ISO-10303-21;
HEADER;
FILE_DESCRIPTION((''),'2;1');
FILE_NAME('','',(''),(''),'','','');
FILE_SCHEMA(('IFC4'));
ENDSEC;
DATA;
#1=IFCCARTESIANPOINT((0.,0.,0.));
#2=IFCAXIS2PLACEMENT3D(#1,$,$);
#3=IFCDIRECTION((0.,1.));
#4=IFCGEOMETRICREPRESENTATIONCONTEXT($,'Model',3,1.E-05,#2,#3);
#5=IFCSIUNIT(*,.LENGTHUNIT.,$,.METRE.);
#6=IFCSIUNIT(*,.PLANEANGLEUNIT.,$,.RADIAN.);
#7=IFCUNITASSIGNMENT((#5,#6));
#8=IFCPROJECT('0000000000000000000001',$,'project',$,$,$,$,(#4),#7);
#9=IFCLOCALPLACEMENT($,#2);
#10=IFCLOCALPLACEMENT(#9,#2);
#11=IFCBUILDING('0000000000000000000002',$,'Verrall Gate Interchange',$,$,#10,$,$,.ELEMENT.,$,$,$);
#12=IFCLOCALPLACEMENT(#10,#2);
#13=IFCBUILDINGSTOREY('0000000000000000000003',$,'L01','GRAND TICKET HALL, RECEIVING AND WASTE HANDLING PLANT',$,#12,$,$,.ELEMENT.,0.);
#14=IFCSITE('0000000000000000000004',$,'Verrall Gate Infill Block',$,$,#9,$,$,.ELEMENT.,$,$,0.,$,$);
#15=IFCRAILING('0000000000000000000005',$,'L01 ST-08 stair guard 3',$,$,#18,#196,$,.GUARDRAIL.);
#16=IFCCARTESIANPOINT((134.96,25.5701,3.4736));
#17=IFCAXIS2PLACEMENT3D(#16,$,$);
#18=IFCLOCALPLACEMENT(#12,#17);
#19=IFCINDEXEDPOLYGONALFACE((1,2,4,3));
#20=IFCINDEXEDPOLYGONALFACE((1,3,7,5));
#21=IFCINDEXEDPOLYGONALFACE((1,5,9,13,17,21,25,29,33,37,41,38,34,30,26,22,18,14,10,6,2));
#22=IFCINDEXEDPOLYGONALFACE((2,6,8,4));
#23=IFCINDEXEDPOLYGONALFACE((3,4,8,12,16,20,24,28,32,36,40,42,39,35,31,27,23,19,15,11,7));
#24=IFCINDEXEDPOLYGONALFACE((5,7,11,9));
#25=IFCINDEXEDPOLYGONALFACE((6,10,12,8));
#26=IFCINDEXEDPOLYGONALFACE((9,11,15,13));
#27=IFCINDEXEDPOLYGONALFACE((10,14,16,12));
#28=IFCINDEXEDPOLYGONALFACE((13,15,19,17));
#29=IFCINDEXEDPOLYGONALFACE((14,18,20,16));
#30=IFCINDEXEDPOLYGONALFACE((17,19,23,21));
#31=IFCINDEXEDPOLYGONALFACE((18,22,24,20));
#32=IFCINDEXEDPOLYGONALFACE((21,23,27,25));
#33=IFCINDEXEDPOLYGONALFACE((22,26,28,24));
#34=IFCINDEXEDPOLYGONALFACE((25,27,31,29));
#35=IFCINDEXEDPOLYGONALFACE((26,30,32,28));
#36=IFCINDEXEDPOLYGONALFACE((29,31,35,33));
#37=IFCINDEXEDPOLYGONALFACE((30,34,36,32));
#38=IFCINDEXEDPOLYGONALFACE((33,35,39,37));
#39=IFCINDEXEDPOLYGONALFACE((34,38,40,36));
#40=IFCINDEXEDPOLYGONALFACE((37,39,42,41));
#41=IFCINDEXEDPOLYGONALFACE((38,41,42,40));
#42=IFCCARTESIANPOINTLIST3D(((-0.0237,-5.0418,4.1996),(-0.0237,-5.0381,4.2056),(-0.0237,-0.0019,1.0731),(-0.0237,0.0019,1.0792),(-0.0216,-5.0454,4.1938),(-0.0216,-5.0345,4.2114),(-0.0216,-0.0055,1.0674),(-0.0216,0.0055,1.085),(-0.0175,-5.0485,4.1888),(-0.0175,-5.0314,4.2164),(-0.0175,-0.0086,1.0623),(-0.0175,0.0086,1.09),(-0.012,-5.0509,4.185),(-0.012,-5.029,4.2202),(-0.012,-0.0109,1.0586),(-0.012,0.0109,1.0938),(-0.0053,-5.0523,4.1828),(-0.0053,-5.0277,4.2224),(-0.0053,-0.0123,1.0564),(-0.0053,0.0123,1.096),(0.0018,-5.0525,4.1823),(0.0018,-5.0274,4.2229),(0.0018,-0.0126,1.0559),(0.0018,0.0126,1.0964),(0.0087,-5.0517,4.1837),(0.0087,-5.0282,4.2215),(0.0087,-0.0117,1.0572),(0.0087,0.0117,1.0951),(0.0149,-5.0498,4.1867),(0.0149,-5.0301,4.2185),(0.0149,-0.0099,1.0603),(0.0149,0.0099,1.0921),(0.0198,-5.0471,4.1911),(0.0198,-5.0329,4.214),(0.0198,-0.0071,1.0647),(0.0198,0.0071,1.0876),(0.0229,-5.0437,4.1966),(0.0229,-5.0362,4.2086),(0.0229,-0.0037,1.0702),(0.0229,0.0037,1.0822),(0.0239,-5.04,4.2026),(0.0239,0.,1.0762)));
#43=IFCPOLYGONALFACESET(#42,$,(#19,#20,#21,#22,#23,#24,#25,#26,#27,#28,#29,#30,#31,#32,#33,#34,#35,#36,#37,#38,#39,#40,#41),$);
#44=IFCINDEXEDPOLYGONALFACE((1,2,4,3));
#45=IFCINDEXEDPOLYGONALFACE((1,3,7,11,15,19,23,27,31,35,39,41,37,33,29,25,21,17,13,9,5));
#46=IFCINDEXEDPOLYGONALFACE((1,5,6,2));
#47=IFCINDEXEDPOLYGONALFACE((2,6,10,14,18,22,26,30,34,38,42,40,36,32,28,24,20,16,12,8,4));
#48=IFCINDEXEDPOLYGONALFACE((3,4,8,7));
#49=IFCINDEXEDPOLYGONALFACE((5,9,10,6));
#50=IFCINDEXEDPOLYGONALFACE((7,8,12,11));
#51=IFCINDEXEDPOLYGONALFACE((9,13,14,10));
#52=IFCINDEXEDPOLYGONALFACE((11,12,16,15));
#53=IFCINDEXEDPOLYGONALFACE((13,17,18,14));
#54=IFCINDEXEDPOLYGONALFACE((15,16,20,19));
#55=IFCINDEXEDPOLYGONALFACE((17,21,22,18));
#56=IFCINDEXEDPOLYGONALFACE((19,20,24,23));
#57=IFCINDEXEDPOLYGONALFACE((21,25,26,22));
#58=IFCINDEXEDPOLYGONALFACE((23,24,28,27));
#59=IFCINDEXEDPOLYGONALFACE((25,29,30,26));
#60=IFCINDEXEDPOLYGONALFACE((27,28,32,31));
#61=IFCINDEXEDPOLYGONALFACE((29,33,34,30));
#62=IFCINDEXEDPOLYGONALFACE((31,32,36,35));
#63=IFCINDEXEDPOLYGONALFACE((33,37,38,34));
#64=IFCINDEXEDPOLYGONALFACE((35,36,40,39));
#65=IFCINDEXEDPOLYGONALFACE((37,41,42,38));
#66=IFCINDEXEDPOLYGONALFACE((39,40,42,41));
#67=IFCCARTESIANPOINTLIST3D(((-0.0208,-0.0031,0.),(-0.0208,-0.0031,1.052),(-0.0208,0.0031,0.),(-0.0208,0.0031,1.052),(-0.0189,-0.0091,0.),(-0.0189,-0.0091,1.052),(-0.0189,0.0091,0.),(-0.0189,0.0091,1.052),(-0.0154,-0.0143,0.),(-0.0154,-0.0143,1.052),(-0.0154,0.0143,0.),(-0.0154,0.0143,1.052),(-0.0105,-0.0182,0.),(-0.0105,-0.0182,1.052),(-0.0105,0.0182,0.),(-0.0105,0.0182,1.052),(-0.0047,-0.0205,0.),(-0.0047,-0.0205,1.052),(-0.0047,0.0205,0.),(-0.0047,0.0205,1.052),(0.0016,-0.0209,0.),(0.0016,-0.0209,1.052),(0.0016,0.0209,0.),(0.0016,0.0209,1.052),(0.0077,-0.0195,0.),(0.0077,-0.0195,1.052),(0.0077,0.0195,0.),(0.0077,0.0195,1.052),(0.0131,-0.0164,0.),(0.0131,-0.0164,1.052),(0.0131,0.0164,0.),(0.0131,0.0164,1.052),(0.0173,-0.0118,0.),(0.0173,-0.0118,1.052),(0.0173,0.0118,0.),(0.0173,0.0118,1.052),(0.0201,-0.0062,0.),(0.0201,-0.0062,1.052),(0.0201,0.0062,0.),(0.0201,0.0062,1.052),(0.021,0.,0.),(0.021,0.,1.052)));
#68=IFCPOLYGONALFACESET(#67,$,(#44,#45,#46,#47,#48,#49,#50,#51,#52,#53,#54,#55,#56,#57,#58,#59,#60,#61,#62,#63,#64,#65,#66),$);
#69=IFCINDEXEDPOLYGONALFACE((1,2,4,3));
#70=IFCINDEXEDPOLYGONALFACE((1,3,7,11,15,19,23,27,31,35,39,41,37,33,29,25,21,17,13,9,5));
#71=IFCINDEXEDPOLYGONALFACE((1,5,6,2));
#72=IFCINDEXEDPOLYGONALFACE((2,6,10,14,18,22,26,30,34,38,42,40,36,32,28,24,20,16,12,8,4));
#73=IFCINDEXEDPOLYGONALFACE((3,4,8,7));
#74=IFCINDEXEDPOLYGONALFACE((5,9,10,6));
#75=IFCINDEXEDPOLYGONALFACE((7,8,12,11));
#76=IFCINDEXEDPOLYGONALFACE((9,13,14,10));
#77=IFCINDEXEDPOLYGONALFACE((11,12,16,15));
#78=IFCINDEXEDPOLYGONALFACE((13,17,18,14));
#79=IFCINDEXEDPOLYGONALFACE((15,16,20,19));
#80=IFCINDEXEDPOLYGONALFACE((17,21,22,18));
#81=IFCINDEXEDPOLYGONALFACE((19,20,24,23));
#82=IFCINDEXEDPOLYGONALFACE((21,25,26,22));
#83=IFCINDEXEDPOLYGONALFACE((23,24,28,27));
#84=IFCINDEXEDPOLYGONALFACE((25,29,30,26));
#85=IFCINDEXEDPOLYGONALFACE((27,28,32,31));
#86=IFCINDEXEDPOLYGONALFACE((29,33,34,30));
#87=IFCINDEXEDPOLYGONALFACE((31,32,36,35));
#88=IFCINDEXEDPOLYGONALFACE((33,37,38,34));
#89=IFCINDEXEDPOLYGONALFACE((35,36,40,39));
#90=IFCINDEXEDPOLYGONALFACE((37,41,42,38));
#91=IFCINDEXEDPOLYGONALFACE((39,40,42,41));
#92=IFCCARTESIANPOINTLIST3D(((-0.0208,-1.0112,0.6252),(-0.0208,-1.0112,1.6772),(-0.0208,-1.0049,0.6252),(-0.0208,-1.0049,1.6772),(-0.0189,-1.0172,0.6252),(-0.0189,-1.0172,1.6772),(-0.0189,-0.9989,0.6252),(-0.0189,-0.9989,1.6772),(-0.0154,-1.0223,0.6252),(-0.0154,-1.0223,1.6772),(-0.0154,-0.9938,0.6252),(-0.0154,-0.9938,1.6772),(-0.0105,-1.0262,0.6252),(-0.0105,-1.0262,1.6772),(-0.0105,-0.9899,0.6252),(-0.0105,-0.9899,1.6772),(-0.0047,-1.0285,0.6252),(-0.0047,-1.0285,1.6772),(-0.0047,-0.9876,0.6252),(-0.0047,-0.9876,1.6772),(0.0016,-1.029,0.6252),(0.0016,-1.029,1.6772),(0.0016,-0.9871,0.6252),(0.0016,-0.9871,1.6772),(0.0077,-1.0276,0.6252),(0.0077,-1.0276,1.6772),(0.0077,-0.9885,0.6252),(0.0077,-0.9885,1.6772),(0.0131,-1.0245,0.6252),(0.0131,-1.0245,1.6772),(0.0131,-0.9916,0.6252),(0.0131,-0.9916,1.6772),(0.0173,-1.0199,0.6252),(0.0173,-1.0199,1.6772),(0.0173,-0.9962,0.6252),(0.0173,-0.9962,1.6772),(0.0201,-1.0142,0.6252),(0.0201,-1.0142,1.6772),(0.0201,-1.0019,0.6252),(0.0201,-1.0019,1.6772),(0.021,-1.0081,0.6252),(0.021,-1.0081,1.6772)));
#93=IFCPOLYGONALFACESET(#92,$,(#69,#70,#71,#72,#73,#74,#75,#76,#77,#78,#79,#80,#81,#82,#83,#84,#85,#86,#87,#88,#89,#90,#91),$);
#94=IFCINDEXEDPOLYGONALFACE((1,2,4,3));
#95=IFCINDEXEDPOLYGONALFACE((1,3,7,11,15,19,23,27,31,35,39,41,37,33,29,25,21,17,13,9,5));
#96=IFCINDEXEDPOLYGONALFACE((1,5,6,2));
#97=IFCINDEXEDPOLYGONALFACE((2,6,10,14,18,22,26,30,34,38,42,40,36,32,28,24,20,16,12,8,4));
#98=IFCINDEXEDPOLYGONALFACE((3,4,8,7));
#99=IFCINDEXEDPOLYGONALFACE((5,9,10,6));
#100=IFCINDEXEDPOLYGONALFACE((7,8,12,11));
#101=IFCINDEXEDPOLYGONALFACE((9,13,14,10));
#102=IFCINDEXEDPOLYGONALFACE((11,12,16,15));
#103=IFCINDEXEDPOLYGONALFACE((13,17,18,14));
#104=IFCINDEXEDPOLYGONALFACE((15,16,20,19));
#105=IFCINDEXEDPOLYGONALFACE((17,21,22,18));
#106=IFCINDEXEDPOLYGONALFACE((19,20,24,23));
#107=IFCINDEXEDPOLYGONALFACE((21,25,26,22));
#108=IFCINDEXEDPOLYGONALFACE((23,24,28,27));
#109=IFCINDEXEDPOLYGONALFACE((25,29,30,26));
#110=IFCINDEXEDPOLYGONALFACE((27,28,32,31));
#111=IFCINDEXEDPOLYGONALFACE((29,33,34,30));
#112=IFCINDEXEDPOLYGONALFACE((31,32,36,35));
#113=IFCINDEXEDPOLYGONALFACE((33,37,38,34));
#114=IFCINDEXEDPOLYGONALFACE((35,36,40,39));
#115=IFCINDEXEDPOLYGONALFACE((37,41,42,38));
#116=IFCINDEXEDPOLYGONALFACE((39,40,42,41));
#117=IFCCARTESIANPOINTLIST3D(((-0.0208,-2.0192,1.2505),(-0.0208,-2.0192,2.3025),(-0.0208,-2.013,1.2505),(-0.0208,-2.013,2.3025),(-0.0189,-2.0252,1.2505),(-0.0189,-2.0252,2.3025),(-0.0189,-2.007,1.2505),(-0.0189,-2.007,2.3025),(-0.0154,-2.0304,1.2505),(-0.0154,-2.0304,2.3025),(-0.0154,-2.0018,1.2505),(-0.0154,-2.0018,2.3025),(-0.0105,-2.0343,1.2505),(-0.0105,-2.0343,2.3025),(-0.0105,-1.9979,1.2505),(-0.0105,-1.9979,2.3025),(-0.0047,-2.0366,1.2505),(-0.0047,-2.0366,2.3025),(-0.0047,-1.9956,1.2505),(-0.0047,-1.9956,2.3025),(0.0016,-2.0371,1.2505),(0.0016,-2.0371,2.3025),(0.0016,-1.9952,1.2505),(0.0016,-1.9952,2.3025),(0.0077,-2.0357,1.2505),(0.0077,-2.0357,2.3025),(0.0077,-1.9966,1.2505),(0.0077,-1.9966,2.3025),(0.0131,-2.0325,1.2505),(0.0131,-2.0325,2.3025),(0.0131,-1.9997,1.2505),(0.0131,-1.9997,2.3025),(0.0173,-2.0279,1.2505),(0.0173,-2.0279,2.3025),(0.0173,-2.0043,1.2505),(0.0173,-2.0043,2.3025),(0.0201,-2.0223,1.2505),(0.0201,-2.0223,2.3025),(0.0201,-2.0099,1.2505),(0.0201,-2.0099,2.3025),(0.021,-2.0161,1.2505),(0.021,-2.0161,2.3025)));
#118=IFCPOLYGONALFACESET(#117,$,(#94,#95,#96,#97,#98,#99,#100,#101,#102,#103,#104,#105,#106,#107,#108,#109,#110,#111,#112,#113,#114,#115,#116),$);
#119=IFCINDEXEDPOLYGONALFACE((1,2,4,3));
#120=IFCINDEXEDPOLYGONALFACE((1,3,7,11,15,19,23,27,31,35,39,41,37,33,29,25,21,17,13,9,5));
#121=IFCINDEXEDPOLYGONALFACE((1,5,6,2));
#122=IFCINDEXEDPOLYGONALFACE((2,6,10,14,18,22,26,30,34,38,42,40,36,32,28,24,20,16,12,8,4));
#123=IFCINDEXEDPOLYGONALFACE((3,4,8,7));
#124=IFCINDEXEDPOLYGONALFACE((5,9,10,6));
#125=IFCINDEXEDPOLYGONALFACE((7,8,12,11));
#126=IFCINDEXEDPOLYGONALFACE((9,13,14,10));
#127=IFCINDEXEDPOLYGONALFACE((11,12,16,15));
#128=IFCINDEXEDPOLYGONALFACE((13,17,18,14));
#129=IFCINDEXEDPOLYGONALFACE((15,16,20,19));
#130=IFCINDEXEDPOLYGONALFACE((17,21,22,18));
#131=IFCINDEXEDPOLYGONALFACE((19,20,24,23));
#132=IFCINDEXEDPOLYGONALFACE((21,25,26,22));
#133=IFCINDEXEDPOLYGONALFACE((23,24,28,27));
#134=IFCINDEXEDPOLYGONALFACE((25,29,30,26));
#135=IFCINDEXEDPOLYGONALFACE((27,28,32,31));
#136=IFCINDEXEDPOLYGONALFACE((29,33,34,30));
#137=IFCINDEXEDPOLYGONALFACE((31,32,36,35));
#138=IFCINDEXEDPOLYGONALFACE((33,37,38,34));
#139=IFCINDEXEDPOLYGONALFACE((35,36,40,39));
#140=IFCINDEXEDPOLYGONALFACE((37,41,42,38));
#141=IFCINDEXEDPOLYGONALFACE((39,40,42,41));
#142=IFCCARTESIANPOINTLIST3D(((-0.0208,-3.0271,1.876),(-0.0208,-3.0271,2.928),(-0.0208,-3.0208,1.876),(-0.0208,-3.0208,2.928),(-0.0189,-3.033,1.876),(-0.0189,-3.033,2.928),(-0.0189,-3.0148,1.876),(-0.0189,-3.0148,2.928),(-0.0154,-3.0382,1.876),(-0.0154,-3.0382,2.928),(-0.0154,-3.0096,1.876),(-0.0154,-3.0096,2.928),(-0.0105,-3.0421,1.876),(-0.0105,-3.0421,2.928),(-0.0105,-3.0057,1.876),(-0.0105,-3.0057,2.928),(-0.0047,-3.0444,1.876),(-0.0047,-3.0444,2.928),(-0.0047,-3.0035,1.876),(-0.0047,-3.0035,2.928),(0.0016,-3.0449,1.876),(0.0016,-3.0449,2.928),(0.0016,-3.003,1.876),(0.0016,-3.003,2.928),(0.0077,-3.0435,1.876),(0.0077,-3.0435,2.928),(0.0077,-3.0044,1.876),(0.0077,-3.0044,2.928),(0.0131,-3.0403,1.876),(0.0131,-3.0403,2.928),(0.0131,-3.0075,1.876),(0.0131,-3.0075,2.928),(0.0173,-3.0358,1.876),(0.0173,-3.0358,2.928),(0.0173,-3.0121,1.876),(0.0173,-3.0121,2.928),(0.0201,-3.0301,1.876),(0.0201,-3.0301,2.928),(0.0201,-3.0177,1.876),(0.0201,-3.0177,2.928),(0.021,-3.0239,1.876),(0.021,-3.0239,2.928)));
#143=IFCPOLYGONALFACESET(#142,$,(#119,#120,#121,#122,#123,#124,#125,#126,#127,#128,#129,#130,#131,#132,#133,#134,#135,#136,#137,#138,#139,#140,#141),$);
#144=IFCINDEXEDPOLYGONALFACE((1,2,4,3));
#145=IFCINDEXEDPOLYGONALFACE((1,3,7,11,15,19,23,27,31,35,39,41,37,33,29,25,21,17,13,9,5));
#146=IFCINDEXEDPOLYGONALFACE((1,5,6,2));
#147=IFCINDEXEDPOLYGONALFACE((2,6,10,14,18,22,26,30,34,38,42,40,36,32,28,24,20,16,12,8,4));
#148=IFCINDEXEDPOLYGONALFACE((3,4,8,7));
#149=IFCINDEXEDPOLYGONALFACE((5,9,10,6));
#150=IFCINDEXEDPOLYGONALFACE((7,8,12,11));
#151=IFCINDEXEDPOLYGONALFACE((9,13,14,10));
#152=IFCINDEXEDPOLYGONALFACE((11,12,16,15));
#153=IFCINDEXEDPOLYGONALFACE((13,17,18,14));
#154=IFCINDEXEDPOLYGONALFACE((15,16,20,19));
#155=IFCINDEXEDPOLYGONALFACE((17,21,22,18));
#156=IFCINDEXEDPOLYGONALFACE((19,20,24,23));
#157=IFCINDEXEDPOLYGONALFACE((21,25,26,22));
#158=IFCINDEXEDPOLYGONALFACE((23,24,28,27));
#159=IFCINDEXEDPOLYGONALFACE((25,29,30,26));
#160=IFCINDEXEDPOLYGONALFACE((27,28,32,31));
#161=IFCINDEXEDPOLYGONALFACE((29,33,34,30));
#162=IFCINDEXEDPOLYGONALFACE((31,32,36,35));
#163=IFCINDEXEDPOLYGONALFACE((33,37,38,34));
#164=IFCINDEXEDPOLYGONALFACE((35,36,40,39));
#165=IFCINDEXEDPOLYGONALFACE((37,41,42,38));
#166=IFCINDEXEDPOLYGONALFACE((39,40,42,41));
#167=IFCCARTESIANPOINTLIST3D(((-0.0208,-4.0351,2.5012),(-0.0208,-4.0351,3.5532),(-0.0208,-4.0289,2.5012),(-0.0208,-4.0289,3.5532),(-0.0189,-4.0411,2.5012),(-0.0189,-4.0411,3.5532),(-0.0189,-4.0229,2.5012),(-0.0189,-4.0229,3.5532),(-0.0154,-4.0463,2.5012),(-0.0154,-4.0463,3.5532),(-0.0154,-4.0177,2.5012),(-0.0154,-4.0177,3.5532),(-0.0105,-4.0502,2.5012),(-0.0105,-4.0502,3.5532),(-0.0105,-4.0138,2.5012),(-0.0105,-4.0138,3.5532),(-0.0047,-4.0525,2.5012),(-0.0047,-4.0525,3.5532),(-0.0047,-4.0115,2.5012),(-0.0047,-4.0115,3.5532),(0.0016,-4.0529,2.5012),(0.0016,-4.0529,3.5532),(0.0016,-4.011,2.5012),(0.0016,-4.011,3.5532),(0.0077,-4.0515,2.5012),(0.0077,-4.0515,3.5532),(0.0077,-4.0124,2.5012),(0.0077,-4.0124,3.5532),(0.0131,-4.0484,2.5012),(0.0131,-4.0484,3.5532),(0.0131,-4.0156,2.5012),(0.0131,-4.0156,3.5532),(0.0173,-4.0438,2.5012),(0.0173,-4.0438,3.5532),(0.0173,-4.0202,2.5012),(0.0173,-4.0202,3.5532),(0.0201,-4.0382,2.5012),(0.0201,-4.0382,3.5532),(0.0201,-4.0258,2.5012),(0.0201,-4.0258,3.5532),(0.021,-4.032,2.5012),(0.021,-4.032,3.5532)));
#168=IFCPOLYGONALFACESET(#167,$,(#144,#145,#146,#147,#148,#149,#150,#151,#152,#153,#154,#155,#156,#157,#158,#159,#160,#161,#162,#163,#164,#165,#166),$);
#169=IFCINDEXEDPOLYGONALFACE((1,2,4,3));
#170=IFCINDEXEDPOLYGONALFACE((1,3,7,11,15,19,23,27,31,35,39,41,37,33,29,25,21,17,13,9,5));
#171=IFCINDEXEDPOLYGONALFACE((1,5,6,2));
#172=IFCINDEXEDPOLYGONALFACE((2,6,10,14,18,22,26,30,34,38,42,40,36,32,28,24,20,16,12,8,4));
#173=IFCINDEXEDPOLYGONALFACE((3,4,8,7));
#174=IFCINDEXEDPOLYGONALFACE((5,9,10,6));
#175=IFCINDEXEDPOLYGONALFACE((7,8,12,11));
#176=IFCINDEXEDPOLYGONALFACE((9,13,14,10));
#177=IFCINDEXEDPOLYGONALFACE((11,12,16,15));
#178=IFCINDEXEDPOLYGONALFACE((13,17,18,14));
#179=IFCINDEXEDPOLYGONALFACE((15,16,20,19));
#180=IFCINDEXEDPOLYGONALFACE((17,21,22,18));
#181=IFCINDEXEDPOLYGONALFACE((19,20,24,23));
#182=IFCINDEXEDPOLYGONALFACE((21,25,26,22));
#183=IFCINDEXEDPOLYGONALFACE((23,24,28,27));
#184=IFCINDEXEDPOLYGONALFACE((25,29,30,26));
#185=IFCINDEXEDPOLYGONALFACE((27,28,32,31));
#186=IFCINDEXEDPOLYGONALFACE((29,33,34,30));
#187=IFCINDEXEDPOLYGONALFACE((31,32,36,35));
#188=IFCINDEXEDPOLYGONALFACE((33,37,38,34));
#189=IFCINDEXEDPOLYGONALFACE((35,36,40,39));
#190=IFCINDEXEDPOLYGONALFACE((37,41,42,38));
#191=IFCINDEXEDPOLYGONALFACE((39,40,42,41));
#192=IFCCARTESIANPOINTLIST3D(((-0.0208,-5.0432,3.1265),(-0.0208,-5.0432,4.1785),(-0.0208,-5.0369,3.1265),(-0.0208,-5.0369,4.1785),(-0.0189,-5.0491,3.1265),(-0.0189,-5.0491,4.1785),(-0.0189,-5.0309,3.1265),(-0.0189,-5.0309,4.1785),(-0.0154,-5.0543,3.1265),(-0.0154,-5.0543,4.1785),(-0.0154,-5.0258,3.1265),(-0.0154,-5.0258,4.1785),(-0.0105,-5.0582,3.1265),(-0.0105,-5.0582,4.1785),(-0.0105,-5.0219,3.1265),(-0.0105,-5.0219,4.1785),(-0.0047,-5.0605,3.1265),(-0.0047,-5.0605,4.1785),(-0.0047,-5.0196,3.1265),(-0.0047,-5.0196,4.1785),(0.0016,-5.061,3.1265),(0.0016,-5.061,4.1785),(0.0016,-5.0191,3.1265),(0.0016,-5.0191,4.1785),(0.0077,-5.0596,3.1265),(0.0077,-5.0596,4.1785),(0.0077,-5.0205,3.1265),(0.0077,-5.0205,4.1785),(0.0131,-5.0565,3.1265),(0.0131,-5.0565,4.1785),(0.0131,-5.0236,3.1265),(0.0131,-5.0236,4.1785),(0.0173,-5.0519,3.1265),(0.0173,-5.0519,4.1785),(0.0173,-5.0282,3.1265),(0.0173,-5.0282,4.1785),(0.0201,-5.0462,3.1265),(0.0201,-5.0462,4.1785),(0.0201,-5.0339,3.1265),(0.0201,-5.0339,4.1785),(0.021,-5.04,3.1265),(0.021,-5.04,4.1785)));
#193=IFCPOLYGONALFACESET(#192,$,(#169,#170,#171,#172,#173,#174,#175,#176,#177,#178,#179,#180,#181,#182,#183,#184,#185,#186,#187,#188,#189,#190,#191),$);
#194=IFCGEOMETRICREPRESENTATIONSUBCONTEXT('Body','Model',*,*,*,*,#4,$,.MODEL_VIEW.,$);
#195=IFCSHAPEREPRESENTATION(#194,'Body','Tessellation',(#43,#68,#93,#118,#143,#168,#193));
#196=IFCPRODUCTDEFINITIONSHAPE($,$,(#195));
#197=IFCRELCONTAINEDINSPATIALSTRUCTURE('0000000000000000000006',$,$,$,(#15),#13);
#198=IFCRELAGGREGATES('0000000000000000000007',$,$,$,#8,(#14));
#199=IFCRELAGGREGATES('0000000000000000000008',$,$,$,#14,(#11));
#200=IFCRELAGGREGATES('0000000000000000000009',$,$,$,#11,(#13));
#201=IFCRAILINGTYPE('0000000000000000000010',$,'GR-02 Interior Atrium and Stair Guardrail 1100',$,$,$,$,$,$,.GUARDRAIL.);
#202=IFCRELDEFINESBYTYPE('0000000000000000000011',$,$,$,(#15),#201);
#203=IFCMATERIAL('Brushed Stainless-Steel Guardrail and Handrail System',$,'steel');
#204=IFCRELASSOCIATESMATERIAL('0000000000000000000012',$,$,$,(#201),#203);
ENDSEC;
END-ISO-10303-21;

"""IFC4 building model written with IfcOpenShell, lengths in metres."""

from ifc_helpers import new_model, si_unit, direction, frame, origin, origin_2d, place, context, subcontext, project, spatial, circle, extrude, material, type_object, element, save


model = new_model("IFC4")

# Units and contexts
model_context = context("Model", 3, precision=1e-05, world=origin(), true_north=direction((0.0, 1.0)))
body_context = subcontext(model_context, "Body", "Model", "MODEL_VIEW")
ifc_project = project(units=[si_unit("LENGTHUNIT", "METRE"), si_unit("PLANEANGLEUNIT", "RADIAN")], contexts=[model_context])

# Site, building, storey
site_placement = place(None, origin())
site = spatial("IfcSite", under=ifc_project, at=site_placement, Name="Verrall Gate Infill Block", CompositionType="ELEMENT", RefElevation=0.0)
building_placement = place(site_placement, origin())
building = spatial("IfcBuilding", under=site, at=building_placement, Name="Verrall Gate Interchange", CompositionType="ELEMENT")
storey_placement = place(building_placement, origin())
storey = spatial("IfcBuildingStorey", under=building, at=storey_placement, Name="L01", Description="GRAND TICKET HALL, RECEIVING AND WASTE HANDLING PLANT", CompositionType="ELEMENT", Elevation=0.0)

# Railing
ifc_material_1 = material(Name="Brushed Stainless-Steel Guardrail and Handrail System", Category="steel")
railing_type_1 = type_object("IfcRailingType", Name="GR-02 Interior Atrium and Stair Guardrail 1100", PredefinedType="GUARDRAIL", material=ifc_material_1)
railing_1_placement = place(storey_placement, frame((134.96, 25.5701, 3.4736)))
element("IfcRailing", 1, at=railing_1_placement, inside=storey, type_object=railing_type_1, Name="L01 ST-08 stair guard 3", PredefinedType="GUARDRAIL", context=body_context, shape_type="SweptSolid", body=[
    extrude(circle(Radius=0.0239, at=origin_2d()), frame((0.0, 0.0, 1.0762), z_axis=(0.0, -0.849779, 0.527139), x_axis=(1.0, 0.0, 0.0)), (0.0, 0.0, 1.0), 5.9309),
    extrude(circle(Radius=0.021, at=origin_2d()), origin(), (0.0, 0.0, 1.0), 1.052),
    extrude(circle(Radius=0.021, at=origin_2d()), frame((0.0, -1.0081, 0.6252)), (0.0, 0.0, 1.0), 1.052),
    extrude(circle(Radius=0.021, at=origin_2d()), frame((0.0, -2.0161, 1.2505)), (0.0, 0.0, 1.0), 1.052),
    extrude(circle(Radius=0.021, at=origin_2d()), frame((0.0, -3.0239, 1.876)), (0.0, 0.0, 1.0), 1.052),
    extrude(circle(Radius=0.021, at=origin_2d()), frame((0.0, -4.032, 2.5012)), (0.0, 0.0, 1.0), 1.052),
    extrude(circle(Radius=0.021, at=origin_2d()), frame((0.0, -5.04, 3.1265)), (0.0, 0.0, 1.0), 1.052),
])

save(model, "model.ifc")
